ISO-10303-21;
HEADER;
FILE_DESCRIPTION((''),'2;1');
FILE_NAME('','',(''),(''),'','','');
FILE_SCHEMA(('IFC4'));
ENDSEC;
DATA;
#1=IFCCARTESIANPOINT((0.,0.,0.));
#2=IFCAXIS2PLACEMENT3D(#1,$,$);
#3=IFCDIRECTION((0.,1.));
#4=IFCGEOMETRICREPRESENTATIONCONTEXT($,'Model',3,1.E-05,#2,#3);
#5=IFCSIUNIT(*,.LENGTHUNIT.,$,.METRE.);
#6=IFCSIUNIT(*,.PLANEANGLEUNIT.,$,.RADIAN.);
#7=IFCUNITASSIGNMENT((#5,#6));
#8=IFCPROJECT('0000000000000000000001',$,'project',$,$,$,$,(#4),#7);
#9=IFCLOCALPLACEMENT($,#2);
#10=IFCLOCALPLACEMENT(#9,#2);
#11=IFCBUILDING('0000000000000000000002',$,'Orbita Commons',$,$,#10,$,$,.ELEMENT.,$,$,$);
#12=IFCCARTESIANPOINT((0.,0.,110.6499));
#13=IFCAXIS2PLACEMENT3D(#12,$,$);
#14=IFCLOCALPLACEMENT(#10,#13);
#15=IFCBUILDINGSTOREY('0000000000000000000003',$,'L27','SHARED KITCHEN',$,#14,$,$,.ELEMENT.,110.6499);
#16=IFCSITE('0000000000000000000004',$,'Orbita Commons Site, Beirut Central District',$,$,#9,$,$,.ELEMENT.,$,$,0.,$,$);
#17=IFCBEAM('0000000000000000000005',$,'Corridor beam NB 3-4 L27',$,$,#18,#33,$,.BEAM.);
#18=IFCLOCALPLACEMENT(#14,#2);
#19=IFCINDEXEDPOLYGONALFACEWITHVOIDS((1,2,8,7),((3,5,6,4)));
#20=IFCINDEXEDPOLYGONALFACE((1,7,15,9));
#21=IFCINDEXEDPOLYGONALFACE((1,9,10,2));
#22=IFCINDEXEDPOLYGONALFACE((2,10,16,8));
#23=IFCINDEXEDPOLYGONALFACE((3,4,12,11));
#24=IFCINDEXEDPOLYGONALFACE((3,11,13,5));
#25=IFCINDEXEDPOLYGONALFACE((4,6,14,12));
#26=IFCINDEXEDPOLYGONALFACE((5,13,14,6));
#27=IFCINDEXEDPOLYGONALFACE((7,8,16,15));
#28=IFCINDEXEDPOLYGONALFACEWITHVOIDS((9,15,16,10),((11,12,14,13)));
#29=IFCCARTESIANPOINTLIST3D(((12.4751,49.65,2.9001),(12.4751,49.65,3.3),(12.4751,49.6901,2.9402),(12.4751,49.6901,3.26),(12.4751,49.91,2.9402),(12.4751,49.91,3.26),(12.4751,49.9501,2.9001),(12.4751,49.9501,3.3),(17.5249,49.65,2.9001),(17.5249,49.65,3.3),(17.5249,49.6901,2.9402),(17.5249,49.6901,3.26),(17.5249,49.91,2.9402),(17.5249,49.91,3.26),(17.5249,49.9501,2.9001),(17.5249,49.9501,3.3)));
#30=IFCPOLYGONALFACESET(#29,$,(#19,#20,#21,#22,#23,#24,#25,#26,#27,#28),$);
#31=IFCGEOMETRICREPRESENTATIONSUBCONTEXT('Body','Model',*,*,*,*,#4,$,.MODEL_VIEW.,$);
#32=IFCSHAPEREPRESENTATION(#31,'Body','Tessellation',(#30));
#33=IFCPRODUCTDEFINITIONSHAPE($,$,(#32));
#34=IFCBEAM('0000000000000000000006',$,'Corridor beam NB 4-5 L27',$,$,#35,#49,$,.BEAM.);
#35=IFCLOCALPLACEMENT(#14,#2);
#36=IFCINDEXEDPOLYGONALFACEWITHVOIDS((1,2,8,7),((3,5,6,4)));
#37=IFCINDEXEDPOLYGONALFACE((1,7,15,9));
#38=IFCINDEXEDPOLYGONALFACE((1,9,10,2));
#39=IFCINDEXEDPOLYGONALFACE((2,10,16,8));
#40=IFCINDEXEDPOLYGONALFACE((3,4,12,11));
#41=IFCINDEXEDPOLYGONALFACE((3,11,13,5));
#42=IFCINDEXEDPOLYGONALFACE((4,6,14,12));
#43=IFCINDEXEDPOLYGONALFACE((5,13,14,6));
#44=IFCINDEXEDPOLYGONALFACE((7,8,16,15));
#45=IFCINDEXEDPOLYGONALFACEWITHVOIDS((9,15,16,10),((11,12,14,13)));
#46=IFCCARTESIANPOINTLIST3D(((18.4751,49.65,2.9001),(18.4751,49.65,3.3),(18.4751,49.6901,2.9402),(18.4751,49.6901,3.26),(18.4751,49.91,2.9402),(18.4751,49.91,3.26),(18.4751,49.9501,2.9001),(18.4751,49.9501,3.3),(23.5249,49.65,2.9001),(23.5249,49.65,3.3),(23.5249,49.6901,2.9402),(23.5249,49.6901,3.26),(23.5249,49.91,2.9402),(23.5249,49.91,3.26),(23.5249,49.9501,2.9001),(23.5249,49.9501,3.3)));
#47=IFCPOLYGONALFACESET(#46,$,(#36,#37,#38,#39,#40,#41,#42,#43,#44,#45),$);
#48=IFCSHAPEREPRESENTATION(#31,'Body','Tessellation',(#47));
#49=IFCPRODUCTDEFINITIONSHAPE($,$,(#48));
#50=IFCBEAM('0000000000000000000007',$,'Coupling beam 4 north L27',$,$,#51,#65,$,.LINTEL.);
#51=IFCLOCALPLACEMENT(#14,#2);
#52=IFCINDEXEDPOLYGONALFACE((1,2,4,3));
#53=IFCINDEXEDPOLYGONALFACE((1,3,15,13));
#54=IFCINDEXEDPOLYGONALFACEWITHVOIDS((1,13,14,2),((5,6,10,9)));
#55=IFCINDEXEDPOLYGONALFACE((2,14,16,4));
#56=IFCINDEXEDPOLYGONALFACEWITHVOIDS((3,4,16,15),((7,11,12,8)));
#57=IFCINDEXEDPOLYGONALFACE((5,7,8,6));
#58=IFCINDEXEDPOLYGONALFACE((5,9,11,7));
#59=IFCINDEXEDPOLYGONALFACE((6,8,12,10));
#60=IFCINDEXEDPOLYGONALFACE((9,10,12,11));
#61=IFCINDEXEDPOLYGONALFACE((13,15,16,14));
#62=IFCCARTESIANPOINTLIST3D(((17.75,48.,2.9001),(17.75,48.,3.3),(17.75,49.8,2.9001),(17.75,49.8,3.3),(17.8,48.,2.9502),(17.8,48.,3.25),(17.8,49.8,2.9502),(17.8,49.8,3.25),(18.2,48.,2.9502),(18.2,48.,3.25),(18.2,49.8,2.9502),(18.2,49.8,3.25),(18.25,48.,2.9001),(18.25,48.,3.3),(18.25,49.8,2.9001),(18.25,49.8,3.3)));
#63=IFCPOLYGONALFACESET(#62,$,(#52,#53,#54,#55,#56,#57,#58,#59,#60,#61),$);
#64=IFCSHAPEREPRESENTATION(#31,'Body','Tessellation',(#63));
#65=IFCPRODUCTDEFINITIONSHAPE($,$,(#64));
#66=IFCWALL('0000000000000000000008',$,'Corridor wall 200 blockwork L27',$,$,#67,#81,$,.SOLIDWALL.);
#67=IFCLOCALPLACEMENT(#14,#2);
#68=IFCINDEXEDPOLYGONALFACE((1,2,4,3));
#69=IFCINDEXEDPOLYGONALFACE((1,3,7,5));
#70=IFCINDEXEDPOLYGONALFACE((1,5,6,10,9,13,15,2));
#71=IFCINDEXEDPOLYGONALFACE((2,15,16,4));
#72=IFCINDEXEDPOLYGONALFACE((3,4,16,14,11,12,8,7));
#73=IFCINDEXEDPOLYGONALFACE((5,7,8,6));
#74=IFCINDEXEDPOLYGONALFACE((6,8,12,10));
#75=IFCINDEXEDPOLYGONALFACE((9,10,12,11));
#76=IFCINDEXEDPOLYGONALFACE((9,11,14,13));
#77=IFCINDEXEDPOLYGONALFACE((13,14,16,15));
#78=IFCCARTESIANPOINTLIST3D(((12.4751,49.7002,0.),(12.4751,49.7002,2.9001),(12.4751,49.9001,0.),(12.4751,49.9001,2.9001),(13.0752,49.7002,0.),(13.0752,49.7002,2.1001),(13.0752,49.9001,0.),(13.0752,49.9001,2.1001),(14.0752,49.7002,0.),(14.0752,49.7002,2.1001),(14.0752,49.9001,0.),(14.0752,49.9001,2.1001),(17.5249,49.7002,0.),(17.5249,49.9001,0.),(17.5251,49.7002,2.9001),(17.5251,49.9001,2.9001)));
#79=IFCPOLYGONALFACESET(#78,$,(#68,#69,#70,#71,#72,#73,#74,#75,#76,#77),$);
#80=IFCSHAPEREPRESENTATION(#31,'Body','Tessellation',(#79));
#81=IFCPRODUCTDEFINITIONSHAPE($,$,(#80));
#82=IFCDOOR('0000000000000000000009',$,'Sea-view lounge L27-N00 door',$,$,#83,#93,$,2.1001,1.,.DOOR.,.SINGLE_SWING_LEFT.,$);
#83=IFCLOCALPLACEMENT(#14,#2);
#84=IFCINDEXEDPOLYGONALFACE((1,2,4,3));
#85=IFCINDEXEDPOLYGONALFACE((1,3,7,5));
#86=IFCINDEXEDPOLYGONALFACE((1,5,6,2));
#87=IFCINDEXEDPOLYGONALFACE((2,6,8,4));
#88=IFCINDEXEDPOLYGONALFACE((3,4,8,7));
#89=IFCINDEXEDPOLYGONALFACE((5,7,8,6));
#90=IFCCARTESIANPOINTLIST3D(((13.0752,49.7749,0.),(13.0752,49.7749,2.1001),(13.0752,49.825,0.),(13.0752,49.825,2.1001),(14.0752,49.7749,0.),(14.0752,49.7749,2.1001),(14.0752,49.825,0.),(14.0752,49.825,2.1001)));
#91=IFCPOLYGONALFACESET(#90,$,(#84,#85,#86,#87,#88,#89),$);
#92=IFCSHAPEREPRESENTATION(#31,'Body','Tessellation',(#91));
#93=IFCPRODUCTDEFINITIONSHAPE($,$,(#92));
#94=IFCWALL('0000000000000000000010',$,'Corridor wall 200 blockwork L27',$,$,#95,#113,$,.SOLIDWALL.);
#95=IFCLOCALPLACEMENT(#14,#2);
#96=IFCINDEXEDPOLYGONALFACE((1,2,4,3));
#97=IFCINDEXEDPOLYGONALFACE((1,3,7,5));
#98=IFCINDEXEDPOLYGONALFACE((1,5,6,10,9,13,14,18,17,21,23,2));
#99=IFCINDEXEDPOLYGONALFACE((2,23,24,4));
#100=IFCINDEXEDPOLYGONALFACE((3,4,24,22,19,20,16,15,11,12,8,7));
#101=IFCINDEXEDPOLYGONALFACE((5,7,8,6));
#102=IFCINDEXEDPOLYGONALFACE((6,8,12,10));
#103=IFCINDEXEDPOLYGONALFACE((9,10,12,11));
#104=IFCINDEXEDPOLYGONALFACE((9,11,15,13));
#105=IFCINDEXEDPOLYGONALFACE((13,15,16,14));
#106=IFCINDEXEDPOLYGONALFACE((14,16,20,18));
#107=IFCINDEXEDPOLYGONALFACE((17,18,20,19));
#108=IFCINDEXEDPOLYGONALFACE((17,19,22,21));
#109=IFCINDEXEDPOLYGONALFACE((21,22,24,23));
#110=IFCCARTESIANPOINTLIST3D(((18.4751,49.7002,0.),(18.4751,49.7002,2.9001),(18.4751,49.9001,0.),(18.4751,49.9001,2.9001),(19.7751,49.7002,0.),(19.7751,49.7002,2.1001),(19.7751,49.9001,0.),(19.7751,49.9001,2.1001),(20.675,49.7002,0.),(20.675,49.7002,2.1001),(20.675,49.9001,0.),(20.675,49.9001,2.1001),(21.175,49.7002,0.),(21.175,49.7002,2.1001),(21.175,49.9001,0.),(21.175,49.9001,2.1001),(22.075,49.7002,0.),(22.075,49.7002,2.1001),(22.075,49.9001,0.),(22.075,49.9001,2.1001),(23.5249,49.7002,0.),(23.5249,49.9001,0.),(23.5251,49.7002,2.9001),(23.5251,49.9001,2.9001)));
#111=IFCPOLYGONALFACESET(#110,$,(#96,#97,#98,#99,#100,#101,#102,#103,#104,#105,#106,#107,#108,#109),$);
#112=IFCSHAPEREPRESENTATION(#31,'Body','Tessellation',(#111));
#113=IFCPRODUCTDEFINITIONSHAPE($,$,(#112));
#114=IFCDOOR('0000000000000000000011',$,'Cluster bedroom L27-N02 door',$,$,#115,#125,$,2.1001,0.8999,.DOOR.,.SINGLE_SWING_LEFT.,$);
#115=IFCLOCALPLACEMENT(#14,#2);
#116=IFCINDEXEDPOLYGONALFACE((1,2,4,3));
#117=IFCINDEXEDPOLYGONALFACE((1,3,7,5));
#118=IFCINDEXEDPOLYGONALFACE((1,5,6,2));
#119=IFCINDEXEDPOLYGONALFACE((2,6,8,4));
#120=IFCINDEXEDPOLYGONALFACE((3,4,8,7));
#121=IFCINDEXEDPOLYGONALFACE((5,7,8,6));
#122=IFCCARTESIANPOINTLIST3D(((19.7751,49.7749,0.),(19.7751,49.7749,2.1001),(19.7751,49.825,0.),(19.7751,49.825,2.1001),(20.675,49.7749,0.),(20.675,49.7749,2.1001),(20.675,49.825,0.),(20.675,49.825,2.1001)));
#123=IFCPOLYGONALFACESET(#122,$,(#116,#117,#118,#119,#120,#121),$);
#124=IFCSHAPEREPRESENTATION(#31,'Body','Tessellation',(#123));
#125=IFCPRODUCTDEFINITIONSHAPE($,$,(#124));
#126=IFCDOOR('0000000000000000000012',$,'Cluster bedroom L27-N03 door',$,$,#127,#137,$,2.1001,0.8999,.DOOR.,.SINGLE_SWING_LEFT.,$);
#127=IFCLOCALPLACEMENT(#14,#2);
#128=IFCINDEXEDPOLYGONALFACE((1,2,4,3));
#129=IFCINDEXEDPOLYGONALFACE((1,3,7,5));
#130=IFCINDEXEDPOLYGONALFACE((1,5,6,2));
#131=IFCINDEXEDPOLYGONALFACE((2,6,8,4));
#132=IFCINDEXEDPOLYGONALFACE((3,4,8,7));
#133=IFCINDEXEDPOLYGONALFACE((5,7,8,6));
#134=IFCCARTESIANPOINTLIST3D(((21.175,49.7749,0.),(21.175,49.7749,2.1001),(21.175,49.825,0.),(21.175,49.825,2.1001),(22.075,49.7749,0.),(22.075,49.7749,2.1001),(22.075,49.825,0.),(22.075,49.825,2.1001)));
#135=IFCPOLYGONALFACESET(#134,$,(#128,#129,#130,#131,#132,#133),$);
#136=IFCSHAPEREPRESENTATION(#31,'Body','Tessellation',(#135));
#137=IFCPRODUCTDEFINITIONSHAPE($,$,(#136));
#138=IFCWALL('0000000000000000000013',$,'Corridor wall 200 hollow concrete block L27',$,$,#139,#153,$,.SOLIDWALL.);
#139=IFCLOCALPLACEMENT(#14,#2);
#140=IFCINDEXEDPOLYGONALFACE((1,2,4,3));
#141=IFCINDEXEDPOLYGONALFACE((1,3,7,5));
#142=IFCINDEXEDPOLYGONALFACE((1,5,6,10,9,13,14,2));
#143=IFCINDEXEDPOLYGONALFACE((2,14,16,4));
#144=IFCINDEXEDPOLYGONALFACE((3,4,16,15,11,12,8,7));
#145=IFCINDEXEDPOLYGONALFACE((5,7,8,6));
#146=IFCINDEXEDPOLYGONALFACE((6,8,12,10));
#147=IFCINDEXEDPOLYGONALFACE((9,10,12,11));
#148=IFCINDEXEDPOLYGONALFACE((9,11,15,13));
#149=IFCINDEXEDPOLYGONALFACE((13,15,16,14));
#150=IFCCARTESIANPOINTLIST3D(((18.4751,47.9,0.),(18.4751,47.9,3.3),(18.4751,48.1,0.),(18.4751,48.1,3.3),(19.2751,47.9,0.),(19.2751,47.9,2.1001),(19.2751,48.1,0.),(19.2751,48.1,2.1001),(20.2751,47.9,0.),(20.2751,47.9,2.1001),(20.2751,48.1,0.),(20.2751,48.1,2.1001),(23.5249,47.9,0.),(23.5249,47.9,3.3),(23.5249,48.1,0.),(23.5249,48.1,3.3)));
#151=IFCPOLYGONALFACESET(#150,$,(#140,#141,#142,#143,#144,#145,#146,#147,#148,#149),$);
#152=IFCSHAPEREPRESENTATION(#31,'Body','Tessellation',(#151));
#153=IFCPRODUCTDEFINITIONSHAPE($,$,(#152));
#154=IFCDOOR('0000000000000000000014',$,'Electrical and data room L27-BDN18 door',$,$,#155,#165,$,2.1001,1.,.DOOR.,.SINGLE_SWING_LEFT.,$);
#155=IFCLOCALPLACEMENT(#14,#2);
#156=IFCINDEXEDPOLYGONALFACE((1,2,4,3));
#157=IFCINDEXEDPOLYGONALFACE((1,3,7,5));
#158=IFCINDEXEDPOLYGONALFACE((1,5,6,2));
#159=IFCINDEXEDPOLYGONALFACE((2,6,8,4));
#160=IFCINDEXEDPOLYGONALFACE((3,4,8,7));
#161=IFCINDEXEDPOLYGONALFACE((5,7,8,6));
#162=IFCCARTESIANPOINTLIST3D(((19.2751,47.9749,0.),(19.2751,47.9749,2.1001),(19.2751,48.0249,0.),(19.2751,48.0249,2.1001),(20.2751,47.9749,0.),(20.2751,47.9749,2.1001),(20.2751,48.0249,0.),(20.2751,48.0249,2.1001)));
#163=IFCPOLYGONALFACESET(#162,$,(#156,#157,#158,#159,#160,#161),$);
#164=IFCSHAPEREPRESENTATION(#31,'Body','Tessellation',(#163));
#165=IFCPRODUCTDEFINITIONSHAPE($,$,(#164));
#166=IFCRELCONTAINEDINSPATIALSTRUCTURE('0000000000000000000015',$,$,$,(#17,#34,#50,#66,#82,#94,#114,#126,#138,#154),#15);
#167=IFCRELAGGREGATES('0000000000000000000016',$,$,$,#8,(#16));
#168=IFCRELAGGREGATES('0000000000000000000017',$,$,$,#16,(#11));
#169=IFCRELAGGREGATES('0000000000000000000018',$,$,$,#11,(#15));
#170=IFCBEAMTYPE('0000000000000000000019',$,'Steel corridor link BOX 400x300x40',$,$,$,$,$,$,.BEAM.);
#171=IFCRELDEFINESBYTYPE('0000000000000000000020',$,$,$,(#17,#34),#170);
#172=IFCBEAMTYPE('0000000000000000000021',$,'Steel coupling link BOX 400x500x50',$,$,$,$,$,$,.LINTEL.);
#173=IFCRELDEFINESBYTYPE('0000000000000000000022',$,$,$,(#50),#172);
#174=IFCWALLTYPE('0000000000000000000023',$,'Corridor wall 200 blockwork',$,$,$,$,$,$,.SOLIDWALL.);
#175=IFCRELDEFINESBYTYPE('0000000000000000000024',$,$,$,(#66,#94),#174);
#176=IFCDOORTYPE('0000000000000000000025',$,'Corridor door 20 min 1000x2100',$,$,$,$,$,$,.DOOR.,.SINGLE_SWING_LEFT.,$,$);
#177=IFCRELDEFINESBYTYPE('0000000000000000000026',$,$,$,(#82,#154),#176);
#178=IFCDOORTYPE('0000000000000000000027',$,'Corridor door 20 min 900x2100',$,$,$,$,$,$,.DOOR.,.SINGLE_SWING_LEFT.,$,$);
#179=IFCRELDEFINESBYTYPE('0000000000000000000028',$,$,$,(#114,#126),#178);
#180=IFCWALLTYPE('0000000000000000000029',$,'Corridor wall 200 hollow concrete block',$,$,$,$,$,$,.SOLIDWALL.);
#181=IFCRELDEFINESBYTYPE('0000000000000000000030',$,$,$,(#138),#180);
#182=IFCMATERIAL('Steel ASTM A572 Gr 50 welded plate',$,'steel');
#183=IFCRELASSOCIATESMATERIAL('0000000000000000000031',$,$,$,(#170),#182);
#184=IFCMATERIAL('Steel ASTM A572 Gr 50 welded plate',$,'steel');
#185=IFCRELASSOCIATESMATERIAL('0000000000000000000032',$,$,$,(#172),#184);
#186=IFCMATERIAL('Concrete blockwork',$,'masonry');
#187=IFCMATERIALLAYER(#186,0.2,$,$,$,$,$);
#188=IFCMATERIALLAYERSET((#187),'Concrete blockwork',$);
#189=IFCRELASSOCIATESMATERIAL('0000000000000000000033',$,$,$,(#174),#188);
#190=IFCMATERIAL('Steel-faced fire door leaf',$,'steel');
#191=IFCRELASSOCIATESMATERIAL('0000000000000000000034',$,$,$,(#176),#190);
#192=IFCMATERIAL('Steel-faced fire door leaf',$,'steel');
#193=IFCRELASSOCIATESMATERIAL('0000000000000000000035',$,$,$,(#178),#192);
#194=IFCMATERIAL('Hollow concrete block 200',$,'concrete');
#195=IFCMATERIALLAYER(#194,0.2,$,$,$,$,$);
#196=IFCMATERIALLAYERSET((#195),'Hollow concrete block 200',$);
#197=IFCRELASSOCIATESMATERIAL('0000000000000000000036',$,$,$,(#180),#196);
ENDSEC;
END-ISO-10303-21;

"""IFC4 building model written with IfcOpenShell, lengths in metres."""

from ifc_helpers import new_model, si_unit, direction, frame, frame_2d, origin, origin_2d, place, context, subcontext, project, spatial, polyline, rectangle, hollow_rectangle, outline, extrude, material, layer, layer_set, material_profile, profile_set, type_object, element, fill, save


model = new_model("IFC4")

# Units and contexts
model_context = context("Model", 3, precision=1e-05, world=origin(), true_north=direction((0.0, 1.0)))
body_context = subcontext(model_context, "Body", "Model", "MODEL_VIEW")
ifc_project = project(units=[si_unit("LENGTHUNIT", "METRE"), si_unit("PLANEANGLEUNIT", "RADIAN")], contexts=[model_context])

# Site, building, storey
site_placement = place(None, origin())
site = spatial("IfcSite", under=ifc_project, at=site_placement, Name="Orbita Commons Site, Beirut Central District", CompositionType="ELEMENT", RefElevation=0.0)
building_placement = place(site_placement, origin())
building = spatial("IfcBuilding", under=site, at=building_placement, Name="Orbita Commons", CompositionType="ELEMENT")
storey_placement = place(building_placement, frame((0.0, 0.0, 110.6499)))
storey = spatial("IfcBuildingStorey", under=building, at=storey_placement, Name="L27", Description="SHARED KITCHEN", CompositionType="ELEMENT", Elevation=110.6499)

# Beams
ifc_material_1 = material(Name="Steel ASTM A572 Gr 50 welded plate", Category="steel")
ifc_material_profile_1 = material_profile(ifc_material_1, hollow_rectangle(XDim=0.3, YDim=0.3999, WallThickness=0.04, at=origin_2d()), Name="BOX 400x300x40")
ifc_profile_set_1 = profile_set([ifc_material_profile_1], Name="Steel ASTM A572 Gr 50 welded plate")
beam_type_1 = type_object("IfcBeamType", Name="Steel corridor link BOX 400x300x40", PredefinedType="BEAM", material=ifc_profile_set_1)
for number, where, z_axis, x_axis, name in (
    (1, (12.4751, 49.8, 3.1001), (1.0, 0.0, 0.0), (0.0, 1.0, 0.0), "Corridor beam NB 3-4 L27"),
    (2, (18.4751, 49.8, 3.1001), (1.0, 0.0, 0.0), (0.0, 1.0, 0.0), "Corridor beam NB 4-5 L27"),
):
    element("IfcBeam", number, at=place(storey_placement, frame(where, z_axis=z_axis, x_axis=x_axis)), inside=storey, type_object=beam_type_1, Name=name, PredefinedType="BEAM", context=body_context, shape_type="SweptSolid", body=[
        extrude(hollow_rectangle(XDim=0.3, YDim=0.3999, WallThickness=0.04, at=origin_2d()), origin(), (0.0, 0.0, 1.0), 5.0498),
    ])
ifc_material_2 = material(Name="Steel ASTM A572 Gr 50 welded plate", Category="steel")
ifc_material_profile_2 = material_profile(ifc_material_2, hollow_rectangle(XDim=0.5, YDim=0.3999, WallThickness=0.05, at=origin_2d()), Name="BOX 400x500x50")
ifc_profile_set_2 = profile_set([ifc_material_profile_2], Name="Steel ASTM A572 Gr 50 welded plate")
beam_type_2 = type_object("IfcBeamType", Name="Steel coupling link BOX 400x500x50", PredefinedType="LINTEL", material=ifc_profile_set_2)
beam_placement = place(storey_placement, frame((18.0, 48.0, 3.1001), z_axis=(0.0, 1.0, 0.0), x_axis=(-1.0, 0.0, 0.0)))
element("IfcBeam", 3, at=beam_placement, inside=storey, type_object=beam_type_2, Name="Coupling beam 4 north L27", PredefinedType="LINTEL", context=body_context, shape_type="SweptSolid", body=[
    extrude(hollow_rectangle(XDim=0.5, YDim=0.3999, WallThickness=0.05, at=origin_2d()), origin(), (0.0, 0.0, 1.0), 1.8),
])

# Wall, opening, door
ifc_material_3 = material(Name="Concrete blockwork", Category="masonry")
ifc_layer_1 = layer(ifc_material_3, 0.2)
ifc_layer_set_1 = layer_set([ifc_layer_1], Name="Concrete blockwork")
wall_type_1 = type_object("IfcWallType", Name="Corridor wall 200 blockwork", PredefinedType="SOLIDWALL", material=ifc_layer_set_1)
wall_1_placement = place(storey_placement, frame((12.4751, 49.8, 0.0), z_axis=(0.0, 0.0, 1.0), x_axis=(1.0, 0.0, 0.0)))
wall_1 = element("IfcWall", 4, at=wall_1_placement, inside=storey, type_object=wall_type_1, Name="Corridor wall 200 blockwork L27", PredefinedType="SOLIDWALL", context=body_context, shape_type="SweptSolid", body=[
    extrude(outline(polyline([(0.0, 0.0), (5.0498, 0.0), (5.05, 2.9001), (0.0, 2.9001), (0.0, 0.0)])), frame((0.0, 0.1001, 0.0), z_axis=(0.0, -1.0, 0.0), x_axis=(1.0, 0.0, 0.0)), (0.0, 0.0, 1.0), 0.2),
])
opening_1_placement = place(wall_1_placement, frame((0.6001, 0.0, 0.0)))
opening_1 = element("IfcOpeningElement", 5, at=opening_1_placement, cuts=wall_1, PredefinedType="OPENING", context=body_context, shape_type="SweptSolid", body=[
    extrude(rectangle(XDim=1.0, YDim=2.1001, at=frame_2d((0.5, 1.05))), frame((0.0, 0.1099, 0.0), z_axis=(0.0, -1.0, 0.0), x_axis=(1.0, 0.0, 0.0)), (0.0, 0.0, 1.0), 0.22),
])
ifc_material_4 = material(Name="Steel-faced fire door leaf", Category="steel")
door_type_1 = type_object("IfcDoorType", Name="Corridor door 20 min 1000x2100", OperationType="SINGLE_SWING_LEFT", PredefinedType="DOOR", material=ifc_material_4)
door_1_placement = place(opening_1_placement, origin())
door_1 = element("IfcDoor", 6, at=door_1_placement, inside=storey, type_object=door_type_1, Name="Sea-view lounge L27-N00 door", OperationType="SINGLE_SWING_LEFT", OverallHeight=2.1001, OverallWidth=1.0, PredefinedType="DOOR", context=body_context, shape_type="SweptSolid", body=[
    extrude(rectangle(XDim=1.0, YDim=2.1001, at=frame_2d((0.5, 1.05))), frame((0.0, 0.0249, 0.0), z_axis=(0.0, -1.0, 0.0), x_axis=(1.0, 0.0, 0.0)), (0.0, 0.0, 1.0), 0.05),
])
fill(opening_1, door_1)

# Wall, openings, doors
wall_2_placement = place(storey_placement, frame((18.4751, 49.8, 0.0), z_axis=(0.0, 0.0, 1.0), x_axis=(1.0, 0.0, 0.0)))
wall_2 = element("IfcWall", 7, at=wall_2_placement, inside=storey, type_object=wall_type_1, Name="Corridor wall 200 blockwork L27", PredefinedType="SOLIDWALL", context=body_context, shape_type="SweptSolid", body=[
    extrude(outline(polyline([(0.0, 0.0), (5.0498, 0.0), (5.05, 2.9001), (0.0, 2.9001), (0.0, 0.0)])), frame((0.0, 0.1001, 0.0), z_axis=(0.0, -1.0, 0.0), x_axis=(1.0, 0.0, 0.0)), (0.0, 0.0, 1.0), 0.2),
])
opening_2_placement = place(wall_2_placement, frame((1.3, 0.0, 0.0)))
opening_2 = element("IfcOpeningElement", 8, at=opening_2_placement, cuts=wall_2, PredefinedType="OPENING", context=body_context, shape_type="SweptSolid", body=[
    extrude(rectangle(XDim=0.8999, YDim=2.1001, at=frame_2d((0.45, 1.05))), frame((0.0, 0.1099, 0.0), z_axis=(0.0, -1.0, 0.0), x_axis=(1.0, 0.0, 0.0)), (0.0, 0.0, 1.0), 0.22),
])
opening_3_placement = place(wall_2_placement, frame((2.7, 0.0, 0.0)))
opening_3 = element("IfcOpeningElement", 9, at=opening_3_placement, cuts=wall_2, PredefinedType="OPENING", context=body_context, shape_type="SweptSolid", body=[
    extrude(rectangle(XDim=0.8999, YDim=2.1001, at=frame_2d((0.45, 1.05))), frame((0.0, 0.1099, 0.0), z_axis=(0.0, -1.0, 0.0), x_axis=(1.0, 0.0, 0.0)), (0.0, 0.0, 1.0), 0.22),
])
ifc_material_5 = material(Name="Steel-faced fire door leaf", Category="steel")
door_type_2 = type_object("IfcDoorType", Name="Corridor door 20 min 900x2100", OperationType="SINGLE_SWING_LEFT", PredefinedType="DOOR", material=ifc_material_5)
door_2_placement = place(opening_2_placement, origin())
door_2 = element("IfcDoor", 10, at=door_2_placement, inside=storey, type_object=door_type_2, Name="Cluster bedroom L27-N02 door", OperationType="SINGLE_SWING_LEFT", OverallHeight=2.1001, OverallWidth=0.8999, PredefinedType="DOOR", context=body_context, shape_type="SweptSolid", body=[
    extrude(rectangle(XDim=0.8999, YDim=2.1001, at=frame_2d((0.45, 1.05))), frame((0.0, 0.0249, 0.0), z_axis=(0.0, -1.0, 0.0), x_axis=(1.0, 0.0, 0.0)), (0.0, 0.0, 1.0), 0.05),
])
fill(opening_2, door_2)
door_3_placement = place(opening_3_placement, origin())
door_3 = element("IfcDoor", 11, at=door_3_placement, inside=storey, type_object=door_type_2, Name="Cluster bedroom L27-N03 door", OperationType="SINGLE_SWING_LEFT", OverallHeight=2.1001, OverallWidth=0.8999, PredefinedType="DOOR", context=body_context, shape_type="SweptSolid", body=[
    extrude(rectangle(XDim=0.8999, YDim=2.1001, at=frame_2d((0.45, 1.05))), frame((0.0, 0.0249, 0.0), z_axis=(0.0, -1.0, 0.0), x_axis=(1.0, 0.0, 0.0)), (0.0, 0.0, 1.0), 0.05),
])
fill(opening_3, door_3)

# Wall, opening, door
ifc_material_6 = material(Name="Hollow concrete block 200", Category="concrete")
ifc_layer_2 = layer(ifc_material_6, 0.2)
ifc_layer_set_2 = layer_set([ifc_layer_2], Name="Hollow concrete block 200")
wall_type_2 = type_object("IfcWallType", Name="Corridor wall 200 hollow concrete block", PredefinedType="SOLIDWALL", material=ifc_layer_set_2)
wall_3_placement = place(storey_placement, frame((18.4751, 48.0, 0.0), z_axis=(0.0, 0.0, 1.0), x_axis=(1.0, 0.0, 0.0)))
wall_3 = element("IfcWall", 12, at=wall_3_placement, inside=storey, type_object=wall_type_2, Name="Corridor wall 200 hollow concrete block L27", PredefinedType="SOLIDWALL", context=body_context, shape_type="SweptSolid", body=[
    extrude(rectangle(XDim=5.0498, YDim=0.2, at=frame_2d((2.5249, 0.0))), origin(), (0.0, 0.0, 1.0), 3.3),
])
opening_4_placement = place(wall_3_placement, frame((0.8, 0.0, 0.0)))
opening_4 = element("IfcOpeningElement", 13, at=opening_4_placement, cuts=wall_3, PredefinedType="OPENING", context=body_context, shape_type="SweptSolid", body=[
    extrude(rectangle(XDim=1.0, YDim=2.1001, at=frame_2d((0.5, 1.05))), frame((0.0, 0.1099, 0.0), z_axis=(0.0, -1.0, 0.0), x_axis=(1.0, 0.0, 0.0)), (0.0, 0.0, 1.0), 0.22),
])
door_4_placement = place(opening_4_placement, origin())
door_4 = element("IfcDoor", 14, at=door_4_placement, inside=storey, type_object=door_type_1, Name="Electrical and data room L27-BDN18 door", OperationType="SINGLE_SWING_LEFT", OverallHeight=2.1001, OverallWidth=1.0, PredefinedType="DOOR", context=body_context, shape_type="SweptSolid", body=[
    extrude(rectangle(XDim=1.0, YDim=2.1001, at=frame_2d((0.5, 1.05))), frame((0.0, 0.0249, 0.0), z_axis=(0.0, -1.0, 0.0), x_axis=(1.0, 0.0, 0.0)), (0.0, 0.0, 1.0), 0.05),
])
fill(opening_4, door_4)

save(model, "model.ifc")
